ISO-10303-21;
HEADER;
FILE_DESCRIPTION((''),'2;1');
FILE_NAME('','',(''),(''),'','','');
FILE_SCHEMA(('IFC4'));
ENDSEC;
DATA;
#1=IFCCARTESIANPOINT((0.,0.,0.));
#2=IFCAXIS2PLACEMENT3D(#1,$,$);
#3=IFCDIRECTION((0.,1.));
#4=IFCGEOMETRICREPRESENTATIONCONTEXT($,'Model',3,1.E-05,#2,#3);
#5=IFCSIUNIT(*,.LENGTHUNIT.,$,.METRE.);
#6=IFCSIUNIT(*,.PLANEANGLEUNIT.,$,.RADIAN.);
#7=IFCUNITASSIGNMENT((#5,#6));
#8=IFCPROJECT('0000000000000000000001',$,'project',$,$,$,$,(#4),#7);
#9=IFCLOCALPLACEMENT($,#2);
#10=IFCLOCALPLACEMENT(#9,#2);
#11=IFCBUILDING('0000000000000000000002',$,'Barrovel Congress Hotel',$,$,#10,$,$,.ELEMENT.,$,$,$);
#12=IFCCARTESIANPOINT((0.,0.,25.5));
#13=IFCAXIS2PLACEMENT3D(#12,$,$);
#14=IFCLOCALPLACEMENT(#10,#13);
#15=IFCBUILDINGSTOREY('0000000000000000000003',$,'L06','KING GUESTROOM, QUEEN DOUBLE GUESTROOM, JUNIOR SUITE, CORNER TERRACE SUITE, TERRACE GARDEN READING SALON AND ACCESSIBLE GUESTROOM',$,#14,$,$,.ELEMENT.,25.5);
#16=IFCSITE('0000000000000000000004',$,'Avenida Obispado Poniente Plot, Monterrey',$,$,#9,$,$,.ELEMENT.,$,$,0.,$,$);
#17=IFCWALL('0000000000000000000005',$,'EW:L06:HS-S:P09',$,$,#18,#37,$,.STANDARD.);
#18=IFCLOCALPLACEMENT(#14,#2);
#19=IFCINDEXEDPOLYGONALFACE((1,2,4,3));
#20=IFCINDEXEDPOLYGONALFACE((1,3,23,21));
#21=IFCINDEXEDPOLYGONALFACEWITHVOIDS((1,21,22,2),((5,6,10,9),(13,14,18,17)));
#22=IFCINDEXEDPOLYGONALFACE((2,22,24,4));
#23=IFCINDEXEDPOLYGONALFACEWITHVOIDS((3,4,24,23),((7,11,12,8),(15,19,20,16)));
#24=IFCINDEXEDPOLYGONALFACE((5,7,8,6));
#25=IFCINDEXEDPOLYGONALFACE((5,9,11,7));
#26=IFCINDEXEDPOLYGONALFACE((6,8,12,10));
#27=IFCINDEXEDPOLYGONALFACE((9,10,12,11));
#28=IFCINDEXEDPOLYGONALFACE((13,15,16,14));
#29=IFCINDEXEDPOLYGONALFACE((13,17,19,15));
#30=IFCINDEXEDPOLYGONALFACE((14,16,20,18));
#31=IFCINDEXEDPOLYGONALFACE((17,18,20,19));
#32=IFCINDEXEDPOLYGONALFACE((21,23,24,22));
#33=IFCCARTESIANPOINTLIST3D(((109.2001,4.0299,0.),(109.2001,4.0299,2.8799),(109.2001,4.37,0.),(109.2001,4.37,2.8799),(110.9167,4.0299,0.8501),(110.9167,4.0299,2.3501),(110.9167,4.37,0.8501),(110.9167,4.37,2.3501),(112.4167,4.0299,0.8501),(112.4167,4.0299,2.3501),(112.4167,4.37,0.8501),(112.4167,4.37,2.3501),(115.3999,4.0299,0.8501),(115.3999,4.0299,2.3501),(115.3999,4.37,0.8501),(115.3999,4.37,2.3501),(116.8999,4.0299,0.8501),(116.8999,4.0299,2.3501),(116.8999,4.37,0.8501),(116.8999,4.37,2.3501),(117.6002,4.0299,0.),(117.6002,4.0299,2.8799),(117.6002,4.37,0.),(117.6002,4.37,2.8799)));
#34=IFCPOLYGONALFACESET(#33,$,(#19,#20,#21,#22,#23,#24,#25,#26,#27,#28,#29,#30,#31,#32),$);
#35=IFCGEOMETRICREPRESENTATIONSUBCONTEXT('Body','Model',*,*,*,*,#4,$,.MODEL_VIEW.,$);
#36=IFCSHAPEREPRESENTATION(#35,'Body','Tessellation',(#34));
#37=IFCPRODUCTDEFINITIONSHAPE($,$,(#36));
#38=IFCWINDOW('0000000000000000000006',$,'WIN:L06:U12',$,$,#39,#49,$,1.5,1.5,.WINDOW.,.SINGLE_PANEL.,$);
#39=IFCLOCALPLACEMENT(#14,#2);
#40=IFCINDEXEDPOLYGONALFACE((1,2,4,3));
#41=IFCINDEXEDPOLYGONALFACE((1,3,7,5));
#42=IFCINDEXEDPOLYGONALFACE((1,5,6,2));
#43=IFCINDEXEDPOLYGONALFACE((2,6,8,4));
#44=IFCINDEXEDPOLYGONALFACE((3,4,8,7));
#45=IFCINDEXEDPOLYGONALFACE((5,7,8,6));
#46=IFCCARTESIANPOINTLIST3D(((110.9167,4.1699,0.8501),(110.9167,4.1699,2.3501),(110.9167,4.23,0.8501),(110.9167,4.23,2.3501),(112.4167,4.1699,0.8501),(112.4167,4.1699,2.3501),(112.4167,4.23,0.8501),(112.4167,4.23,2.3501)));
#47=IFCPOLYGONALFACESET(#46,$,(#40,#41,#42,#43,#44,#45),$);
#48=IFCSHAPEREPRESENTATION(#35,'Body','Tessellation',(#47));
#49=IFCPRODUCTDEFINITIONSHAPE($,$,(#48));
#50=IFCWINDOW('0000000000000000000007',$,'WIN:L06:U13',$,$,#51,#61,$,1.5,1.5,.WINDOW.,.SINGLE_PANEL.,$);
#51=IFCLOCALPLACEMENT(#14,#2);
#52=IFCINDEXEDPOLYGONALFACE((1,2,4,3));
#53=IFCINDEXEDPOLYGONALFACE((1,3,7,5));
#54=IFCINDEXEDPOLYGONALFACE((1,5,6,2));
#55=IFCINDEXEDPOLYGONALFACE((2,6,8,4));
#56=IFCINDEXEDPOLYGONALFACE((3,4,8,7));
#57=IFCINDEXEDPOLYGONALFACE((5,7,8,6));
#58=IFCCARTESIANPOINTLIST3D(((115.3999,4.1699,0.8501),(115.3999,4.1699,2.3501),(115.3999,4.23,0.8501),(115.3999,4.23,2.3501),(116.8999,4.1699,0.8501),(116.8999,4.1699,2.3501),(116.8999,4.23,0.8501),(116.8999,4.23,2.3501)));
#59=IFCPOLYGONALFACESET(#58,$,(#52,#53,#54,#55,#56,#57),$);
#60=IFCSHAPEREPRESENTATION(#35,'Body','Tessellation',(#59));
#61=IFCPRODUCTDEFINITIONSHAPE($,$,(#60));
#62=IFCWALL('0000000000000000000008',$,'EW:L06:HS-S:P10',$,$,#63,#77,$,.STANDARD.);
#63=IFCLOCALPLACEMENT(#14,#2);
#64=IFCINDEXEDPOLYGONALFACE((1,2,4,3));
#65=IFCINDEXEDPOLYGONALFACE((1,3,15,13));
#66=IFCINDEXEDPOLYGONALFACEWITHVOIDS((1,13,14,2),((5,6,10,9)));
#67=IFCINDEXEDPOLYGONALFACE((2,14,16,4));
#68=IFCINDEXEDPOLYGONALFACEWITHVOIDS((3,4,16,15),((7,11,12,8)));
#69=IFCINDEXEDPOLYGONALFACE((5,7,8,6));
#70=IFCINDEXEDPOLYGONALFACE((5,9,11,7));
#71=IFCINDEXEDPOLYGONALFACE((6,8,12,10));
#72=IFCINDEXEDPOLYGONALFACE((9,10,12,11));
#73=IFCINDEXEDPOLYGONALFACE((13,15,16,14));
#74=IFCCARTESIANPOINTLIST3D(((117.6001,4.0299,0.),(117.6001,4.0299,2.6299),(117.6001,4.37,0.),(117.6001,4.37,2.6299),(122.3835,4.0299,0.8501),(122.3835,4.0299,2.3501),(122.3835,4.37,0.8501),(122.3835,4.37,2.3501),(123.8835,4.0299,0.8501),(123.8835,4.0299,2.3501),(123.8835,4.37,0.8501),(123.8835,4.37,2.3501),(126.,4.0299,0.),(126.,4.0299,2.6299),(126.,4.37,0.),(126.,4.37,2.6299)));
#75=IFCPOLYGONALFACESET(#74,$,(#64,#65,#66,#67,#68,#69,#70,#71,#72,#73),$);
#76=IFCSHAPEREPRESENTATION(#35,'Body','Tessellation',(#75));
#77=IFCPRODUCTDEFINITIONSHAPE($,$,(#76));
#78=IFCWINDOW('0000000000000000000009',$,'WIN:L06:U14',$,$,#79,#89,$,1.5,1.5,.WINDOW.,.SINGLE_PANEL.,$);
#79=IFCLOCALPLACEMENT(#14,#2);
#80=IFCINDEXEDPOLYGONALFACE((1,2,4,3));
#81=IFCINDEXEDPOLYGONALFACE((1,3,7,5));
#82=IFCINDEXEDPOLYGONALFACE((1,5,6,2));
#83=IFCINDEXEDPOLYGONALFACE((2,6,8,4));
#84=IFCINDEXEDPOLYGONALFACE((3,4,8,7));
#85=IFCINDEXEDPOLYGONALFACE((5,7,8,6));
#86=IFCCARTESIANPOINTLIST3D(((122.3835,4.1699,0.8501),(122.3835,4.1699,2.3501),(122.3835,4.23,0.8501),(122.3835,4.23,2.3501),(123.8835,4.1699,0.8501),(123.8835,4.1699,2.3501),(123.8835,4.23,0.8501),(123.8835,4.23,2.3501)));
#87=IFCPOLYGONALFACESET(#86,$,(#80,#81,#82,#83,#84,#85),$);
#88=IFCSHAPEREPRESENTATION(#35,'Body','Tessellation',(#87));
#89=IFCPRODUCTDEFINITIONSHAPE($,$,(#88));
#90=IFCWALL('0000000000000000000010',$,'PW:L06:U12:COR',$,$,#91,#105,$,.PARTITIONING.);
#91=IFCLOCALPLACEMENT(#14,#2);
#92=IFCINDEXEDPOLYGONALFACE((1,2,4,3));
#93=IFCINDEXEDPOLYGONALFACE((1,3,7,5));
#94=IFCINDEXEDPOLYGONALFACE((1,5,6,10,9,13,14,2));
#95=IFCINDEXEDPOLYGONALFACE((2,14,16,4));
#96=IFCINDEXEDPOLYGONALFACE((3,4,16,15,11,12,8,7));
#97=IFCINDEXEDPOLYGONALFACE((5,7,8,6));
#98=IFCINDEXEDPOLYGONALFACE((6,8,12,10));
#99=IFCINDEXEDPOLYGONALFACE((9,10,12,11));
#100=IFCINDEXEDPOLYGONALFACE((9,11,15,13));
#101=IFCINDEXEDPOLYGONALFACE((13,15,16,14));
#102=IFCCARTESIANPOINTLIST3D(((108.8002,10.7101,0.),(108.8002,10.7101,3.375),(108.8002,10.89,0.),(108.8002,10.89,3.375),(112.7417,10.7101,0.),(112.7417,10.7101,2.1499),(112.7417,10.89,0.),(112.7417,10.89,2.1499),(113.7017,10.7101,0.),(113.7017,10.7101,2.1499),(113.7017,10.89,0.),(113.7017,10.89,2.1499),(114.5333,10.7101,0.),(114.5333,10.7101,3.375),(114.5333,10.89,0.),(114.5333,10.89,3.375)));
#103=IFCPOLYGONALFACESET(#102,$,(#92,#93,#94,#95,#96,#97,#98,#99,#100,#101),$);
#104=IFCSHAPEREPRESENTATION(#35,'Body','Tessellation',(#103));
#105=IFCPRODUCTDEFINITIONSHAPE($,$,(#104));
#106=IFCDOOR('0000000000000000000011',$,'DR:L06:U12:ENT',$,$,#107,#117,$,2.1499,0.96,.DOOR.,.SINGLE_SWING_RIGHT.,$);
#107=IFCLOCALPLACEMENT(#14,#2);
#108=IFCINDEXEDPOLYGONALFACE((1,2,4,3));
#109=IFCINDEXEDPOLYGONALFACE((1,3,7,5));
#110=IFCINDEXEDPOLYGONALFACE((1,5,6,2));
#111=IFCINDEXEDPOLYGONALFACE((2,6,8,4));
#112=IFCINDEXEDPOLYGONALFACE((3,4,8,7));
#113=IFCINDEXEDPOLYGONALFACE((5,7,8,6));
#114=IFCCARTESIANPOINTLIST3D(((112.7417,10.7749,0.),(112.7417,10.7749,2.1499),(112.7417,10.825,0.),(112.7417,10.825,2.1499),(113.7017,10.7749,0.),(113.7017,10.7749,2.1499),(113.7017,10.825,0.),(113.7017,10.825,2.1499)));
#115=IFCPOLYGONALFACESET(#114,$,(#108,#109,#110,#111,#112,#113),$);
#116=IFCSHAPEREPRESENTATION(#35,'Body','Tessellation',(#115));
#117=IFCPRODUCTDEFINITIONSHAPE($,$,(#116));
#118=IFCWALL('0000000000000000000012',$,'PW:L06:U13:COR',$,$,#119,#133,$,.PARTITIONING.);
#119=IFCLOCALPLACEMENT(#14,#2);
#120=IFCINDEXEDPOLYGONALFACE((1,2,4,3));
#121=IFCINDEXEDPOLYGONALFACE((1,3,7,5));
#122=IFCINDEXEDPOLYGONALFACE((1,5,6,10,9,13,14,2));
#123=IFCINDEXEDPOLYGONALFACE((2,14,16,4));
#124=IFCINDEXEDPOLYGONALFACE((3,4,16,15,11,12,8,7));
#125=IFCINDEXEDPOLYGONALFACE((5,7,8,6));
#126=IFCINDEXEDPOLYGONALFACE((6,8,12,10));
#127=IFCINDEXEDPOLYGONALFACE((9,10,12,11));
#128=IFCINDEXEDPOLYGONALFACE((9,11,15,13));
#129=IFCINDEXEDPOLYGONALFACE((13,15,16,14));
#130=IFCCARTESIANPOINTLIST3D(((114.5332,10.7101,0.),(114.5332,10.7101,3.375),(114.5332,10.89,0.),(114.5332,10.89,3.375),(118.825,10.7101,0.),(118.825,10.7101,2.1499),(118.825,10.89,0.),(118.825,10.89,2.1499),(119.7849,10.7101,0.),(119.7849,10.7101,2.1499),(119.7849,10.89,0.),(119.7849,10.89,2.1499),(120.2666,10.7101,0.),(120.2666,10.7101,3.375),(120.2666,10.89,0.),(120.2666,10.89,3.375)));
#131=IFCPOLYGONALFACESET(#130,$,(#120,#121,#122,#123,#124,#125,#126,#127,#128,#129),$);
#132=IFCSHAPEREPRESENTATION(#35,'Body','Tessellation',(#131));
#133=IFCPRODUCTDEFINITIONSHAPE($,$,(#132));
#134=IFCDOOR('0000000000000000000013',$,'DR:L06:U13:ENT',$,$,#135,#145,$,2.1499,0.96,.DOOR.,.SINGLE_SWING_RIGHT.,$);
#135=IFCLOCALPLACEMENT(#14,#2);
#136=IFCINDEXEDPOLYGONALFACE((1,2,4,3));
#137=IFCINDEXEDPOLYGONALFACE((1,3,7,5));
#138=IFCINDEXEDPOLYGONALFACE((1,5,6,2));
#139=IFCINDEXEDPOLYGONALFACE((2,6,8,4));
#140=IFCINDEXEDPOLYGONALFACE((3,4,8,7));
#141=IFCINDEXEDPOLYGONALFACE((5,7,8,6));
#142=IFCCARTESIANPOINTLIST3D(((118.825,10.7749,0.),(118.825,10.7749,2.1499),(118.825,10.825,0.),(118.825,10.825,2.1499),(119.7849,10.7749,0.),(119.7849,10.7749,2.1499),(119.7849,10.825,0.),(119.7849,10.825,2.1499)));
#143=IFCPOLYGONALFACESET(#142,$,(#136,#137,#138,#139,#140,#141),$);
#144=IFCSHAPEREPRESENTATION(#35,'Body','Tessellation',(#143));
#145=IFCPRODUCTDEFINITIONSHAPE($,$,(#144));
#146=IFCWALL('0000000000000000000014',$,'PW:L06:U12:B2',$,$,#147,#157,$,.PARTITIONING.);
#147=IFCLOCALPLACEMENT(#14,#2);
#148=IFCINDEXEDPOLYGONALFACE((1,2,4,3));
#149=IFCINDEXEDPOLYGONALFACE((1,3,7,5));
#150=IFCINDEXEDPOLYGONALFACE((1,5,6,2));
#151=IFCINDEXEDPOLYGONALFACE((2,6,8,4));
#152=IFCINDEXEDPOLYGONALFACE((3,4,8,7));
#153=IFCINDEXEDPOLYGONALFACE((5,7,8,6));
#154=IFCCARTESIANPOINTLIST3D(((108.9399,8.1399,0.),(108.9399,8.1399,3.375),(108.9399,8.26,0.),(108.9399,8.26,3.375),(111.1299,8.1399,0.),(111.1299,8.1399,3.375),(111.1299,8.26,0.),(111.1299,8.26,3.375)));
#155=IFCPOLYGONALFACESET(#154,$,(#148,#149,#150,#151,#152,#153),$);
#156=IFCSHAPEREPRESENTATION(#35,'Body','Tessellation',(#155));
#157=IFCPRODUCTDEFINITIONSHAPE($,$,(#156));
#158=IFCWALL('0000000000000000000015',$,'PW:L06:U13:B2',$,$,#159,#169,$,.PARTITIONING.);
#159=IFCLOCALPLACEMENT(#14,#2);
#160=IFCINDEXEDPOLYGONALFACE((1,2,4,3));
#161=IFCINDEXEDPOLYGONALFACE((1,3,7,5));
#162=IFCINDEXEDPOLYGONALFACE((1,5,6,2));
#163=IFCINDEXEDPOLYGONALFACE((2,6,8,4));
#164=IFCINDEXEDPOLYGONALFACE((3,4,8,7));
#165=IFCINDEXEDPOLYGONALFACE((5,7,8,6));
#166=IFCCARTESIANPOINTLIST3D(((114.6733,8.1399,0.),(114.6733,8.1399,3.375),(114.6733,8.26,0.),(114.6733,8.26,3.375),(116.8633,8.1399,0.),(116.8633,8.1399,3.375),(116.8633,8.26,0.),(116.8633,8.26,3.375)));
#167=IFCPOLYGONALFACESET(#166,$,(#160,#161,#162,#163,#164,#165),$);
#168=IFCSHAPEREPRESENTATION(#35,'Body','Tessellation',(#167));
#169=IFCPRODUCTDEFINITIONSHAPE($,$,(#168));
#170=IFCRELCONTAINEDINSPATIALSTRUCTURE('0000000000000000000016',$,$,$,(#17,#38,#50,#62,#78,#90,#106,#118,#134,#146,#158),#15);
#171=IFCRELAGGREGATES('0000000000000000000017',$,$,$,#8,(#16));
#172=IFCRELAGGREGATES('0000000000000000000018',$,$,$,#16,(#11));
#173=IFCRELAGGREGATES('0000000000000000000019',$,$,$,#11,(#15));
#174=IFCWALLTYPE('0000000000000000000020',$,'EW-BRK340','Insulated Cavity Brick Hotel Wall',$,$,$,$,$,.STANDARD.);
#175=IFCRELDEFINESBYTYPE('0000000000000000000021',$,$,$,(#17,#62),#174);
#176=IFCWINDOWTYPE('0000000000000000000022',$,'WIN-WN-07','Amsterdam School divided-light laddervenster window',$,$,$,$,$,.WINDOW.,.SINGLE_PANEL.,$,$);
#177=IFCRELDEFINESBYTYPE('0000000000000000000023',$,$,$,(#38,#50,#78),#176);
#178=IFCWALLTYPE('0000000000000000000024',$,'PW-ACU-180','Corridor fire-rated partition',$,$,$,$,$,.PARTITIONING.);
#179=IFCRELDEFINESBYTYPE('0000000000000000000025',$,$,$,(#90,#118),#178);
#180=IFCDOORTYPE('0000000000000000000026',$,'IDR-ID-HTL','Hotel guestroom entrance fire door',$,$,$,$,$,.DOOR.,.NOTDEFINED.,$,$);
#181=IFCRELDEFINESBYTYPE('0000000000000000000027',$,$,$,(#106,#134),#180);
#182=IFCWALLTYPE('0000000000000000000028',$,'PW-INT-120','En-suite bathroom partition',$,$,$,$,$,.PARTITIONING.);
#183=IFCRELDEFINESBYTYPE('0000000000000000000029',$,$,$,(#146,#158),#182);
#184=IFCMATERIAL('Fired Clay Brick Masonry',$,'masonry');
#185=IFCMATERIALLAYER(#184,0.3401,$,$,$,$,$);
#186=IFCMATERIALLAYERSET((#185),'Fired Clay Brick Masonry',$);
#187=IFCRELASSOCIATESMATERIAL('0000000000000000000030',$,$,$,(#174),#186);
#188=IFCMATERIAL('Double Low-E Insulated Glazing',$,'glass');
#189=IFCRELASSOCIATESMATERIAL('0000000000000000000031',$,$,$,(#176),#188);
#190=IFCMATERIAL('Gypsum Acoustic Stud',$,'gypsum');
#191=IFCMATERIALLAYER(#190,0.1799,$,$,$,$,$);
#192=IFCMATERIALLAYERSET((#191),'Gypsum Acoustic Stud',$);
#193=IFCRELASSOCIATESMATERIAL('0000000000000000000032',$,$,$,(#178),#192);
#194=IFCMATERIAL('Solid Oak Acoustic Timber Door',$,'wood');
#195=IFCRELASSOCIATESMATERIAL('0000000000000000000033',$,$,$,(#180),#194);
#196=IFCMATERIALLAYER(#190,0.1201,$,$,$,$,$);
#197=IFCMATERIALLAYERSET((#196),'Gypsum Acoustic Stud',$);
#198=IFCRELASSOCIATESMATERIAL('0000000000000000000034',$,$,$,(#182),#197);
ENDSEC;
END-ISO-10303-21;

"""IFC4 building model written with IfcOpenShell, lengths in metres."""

from ifc_helpers import new_model, si_unit, direction, frame, frame_2d, origin, place, context, subcontext, project, spatial, rectangle, extrude, material, layer, layer_set, type_object, element, fill, save


model = new_model("IFC4")

# Units and contexts
model_context = context("Model", 3, precision=1e-05, world=origin(), true_north=direction((0.0, 1.0)))
body_context = subcontext(model_context, "Body", "Model", "MODEL_VIEW")
ifc_project = project(units=[si_unit("LENGTHUNIT", "METRE"), si_unit("PLANEANGLEUNIT", "RADIAN")], contexts=[model_context])

# Site, building, storey
site_placement = place(None, origin())
site = spatial("IfcSite", under=ifc_project, at=site_placement, Name="Avenida Obispado Poniente Plot, Monterrey", CompositionType="ELEMENT", RefElevation=0.0)
building_placement = place(site_placement, origin())
building = spatial("IfcBuilding", under=site, at=building_placement, Name="Barrovel Congress Hotel", CompositionType="ELEMENT")
storey_placement = place(building_placement, frame((0.0, 0.0, 25.5)))
storey = spatial("IfcBuildingStorey", under=building, at=storey_placement, Name="L06", Description="KING GUESTROOM, QUEEN DOUBLE GUESTROOM, JUNIOR SUITE, CORNER TERRACE SUITE, TERRACE GARDEN READING SALON AND ACCESSIBLE GUESTROOM", CompositionType="ELEMENT", Elevation=25.5)

# Wall, openings, windows
ifc_material_1 = material(Name="Fired Clay Brick Masonry", Category="masonry")
ifc_layer_1 = layer(ifc_material_1, 0.3401)
ifc_layer_set_1 = layer_set([ifc_layer_1], Name="Fired Clay Brick Masonry")
wall_type_1 = type_object("IfcWallType", Name="EW-BRK340", Description="Insulated Cavity Brick Hotel Wall", PredefinedType="STANDARD", material=ifc_layer_set_1)
wall_1_placement = place(storey_placement, frame((109.2, 4.2, 0.0), z_axis=(0.0, 0.0, 1.0), x_axis=(1.0, 0.0, 0.0)))
wall_1 = element("IfcWall", 1, at=wall_1_placement, inside=storey, type_object=wall_type_1, Name="EW:L06:HS-S:P09", PredefinedType="STANDARD", context=body_context, shape_type="SweptSolid", body=[
    extrude(rectangle(XDim=8.4001, YDim=0.3401, at=frame_2d((4.2002, 0.0))), origin(), (0.0, 0.0, 1.0), 2.8799),
])
opening_1_placement = place(wall_1_placement, frame((1.7168, 0.0, 0.8501)))
opening_1 = element("IfcOpeningElement", 2, at=opening_1_placement, cuts=wall_1, PredefinedType="OPENING", context=body_context, shape_type="SweptSolid", body=[
    extrude(rectangle(XDim=1.5, YDim=1.5, at=frame_2d((0.75, 0.75))), frame((0.0, 0.1802, 0.0), z_axis=(0.0, -1.0, 0.0), x_axis=(1.0, 0.0, 0.0)), (0.0, 0.0, 1.0), 0.3601),
])
opening_2_placement = place(wall_1_placement, frame((6.2, 0.0, 0.8501)))
opening_2 = element("IfcOpeningElement", 3, at=opening_2_placement, cuts=wall_1, PredefinedType="OPENING", context=body_context, shape_type="SweptSolid", body=[
    extrude(rectangle(XDim=1.5, YDim=1.5, at=frame_2d((0.75, 0.75))), frame((0.0, 0.1802, 0.0), z_axis=(0.0, -1.0, 0.0), x_axis=(1.0, 0.0, 0.0)), (0.0, 0.0, 1.0), 0.3601),
])
ifc_material_2 = material(Name="Double Low-E Insulated Glazing", Category="glass")
window_type = type_object("IfcWindowType", Name="WIN-WN-07", Description="Amsterdam School divided-light laddervenster window", PartitioningType="SINGLE_PANEL", PredefinedType="WINDOW", material=ifc_material_2)
window_1_placement = place(opening_1_placement, origin())
window_1 = element("IfcWindow", 4, at=window_1_placement, inside=storey, type_object=window_type, Name="WIN:L06:U12", OverallHeight=1.5, OverallWidth=1.5, PartitioningType="SINGLE_PANEL", PredefinedType="WINDOW", context=body_context, shape_type="SweptSolid", body=[
    extrude(rectangle(XDim=1.5, YDim=1.5, at=frame_2d((0.75, 0.75))), frame((0.0, 0.03, 0.0), z_axis=(0.0, -1.0, 0.0), x_axis=(1.0, 0.0, 0.0)), (0.0, 0.0, 1.0), 0.0601),
])
fill(opening_1, window_1)
window_2_placement = place(opening_2_placement, origin())
window_2 = element("IfcWindow", 5, at=window_2_placement, inside=storey, type_object=window_type, Name="WIN:L06:U13", OverallHeight=1.5, OverallWidth=1.5, PartitioningType="SINGLE_PANEL", PredefinedType="WINDOW", context=body_context, shape_type="SweptSolid", body=[
    extrude(rectangle(XDim=1.5, YDim=1.5, at=frame_2d((0.75, 0.75))), frame((0.0, 0.03, 0.0), z_axis=(0.0, -1.0, 0.0), x_axis=(1.0, 0.0, 0.0)), (0.0, 0.0, 1.0), 0.0601),
])
fill(opening_2, window_2)

# Wall, opening, window
wall_2_placement = place(storey_placement, frame((117.6001, 4.2, 0.0), z_axis=(0.0, 0.0, 1.0), x_axis=(1.0, 0.0, 0.0)))
wall_2 = element("IfcWall", 6, at=wall_2_placement, inside=storey, type_object=wall_type_1, Name="EW:L06:HS-S:P10", PredefinedType="STANDARD", context=body_context, shape_type="SweptSolid", body=[
    extrude(rectangle(XDim=8.3999, YDim=0.3401, at=frame_2d((4.2, 0.0))), origin(), (0.0, 0.0, 1.0), 2.6299),
])
opening_3_placement = place(wall_2_placement, frame((4.7834, 0.0, 0.8501)))
opening_3 = element("IfcOpeningElement", 7, at=opening_3_placement, cuts=wall_2, PredefinedType="OPENING", context=body_context, shape_type="SweptSolid", body=[
    extrude(rectangle(XDim=1.5, YDim=1.5, at=frame_2d((0.75, 0.75))), frame((0.0, 0.1802, 0.0), z_axis=(0.0, -1.0, 0.0), x_axis=(1.0, 0.0, 0.0)), (0.0, 0.0, 1.0), 0.3601),
])
window_3_placement = place(opening_3_placement, origin())
window_3 = element("IfcWindow", 8, at=window_3_placement, inside=storey, type_object=window_type, Name="WIN:L06:U14", OverallHeight=1.5, OverallWidth=1.5, PartitioningType="SINGLE_PANEL", PredefinedType="WINDOW", context=body_context, shape_type="SweptSolid", body=[
    extrude(rectangle(XDim=1.5, YDim=1.5, at=frame_2d((0.75, 0.75))), frame((0.0, 0.03, 0.0), z_axis=(0.0, -1.0, 0.0), x_axis=(1.0, 0.0, 0.0)), (0.0, 0.0, 1.0), 0.0601),
])
fill(opening_3, window_3)

# Walls, openings, doors
ifc_material_3 = material(Name="Gypsum Acoustic Stud", Category="gypsum")
ifc_layer_2 = layer(ifc_material_3, 0.1799)
ifc_layer_set_2 = layer_set([ifc_layer_2], Name="Gypsum Acoustic Stud")
wall_type_2 = type_object("IfcWallType", Name="PW-ACU-180", Description="Corridor fire-rated partition", PredefinedType="PARTITIONING", material=ifc_layer_set_2)
wall_3_placement = place(storey_placement, frame((108.8, 10.8, 0.0), z_axis=(0.0, 0.0, 1.0), x_axis=(1.0, 0.0, 0.0)))
wall_3 = element("IfcWall", 9, at=wall_3_placement, inside=storey, type_object=wall_type_2, Name="PW:L06:U12:COR", PredefinedType="PARTITIONING", context=body_context, shape_type="SweptSolid", body=[
    extrude(rectangle(XDim=5.7332, YDim=0.1799, at=frame_2d((2.8667, 0.0))), origin(), (0.0, 0.0, 1.0), 3.375),
])
opening_4_placement = place(wall_3_placement, frame((3.9417, 0.0, 0.0)))
opening_4 = element("IfcOpeningElement", 10, at=opening_4_placement, cuts=wall_3, PredefinedType="OPENING", context=body_context, shape_type="SweptSolid", body=[
    extrude(rectangle(XDim=0.96, YDim=2.1499, at=frame_2d((0.48, 1.075))), frame((0.0, 0.1001, 0.0), z_axis=(0.0, -1.0, 0.0), x_axis=(1.0, 0.0, 0.0)), (0.0, 0.0, 1.0), 0.2),
])
ifc_material_4 = material(Name="Solid Oak Acoustic Timber Door", Category="wood")
door_type_1 = type_object("IfcDoorType", Name="IDR-ID-HTL", Description="Hotel guestroom entrance fire door", OperationType="NOTDEFINED", PredefinedType="DOOR", material=ifc_material_4)
door_1_placement = place(opening_4_placement, origin())
door_1 = element("IfcDoor", 11, at=door_1_placement, inside=storey, type_object=door_type_1, Name="DR:L06:U12:ENT", OperationType="SINGLE_SWING_RIGHT", OverallHeight=2.1499, OverallWidth=0.96, PredefinedType="DOOR", context=body_context, shape_type="SweptSolid", body=[
    extrude(rectangle(XDim=0.96, YDim=2.1499, at=frame_2d((0.48, 1.075))), frame((0.0, 0.0249, 0.0), z_axis=(0.0, -1.0, 0.0), x_axis=(1.0, 0.0, 0.0)), (0.0, 0.0, 1.0), 0.05),
])
fill(opening_4, door_1)
wall_4_placement = place(storey_placement, frame((114.5332, 10.8, 0.0), z_axis=(0.0, 0.0, 1.0), x_axis=(1.0, 0.0, 0.0)))
wall_4 = element("IfcWall", 12, at=wall_4_placement, inside=storey, type_object=wall_type_2, Name="PW:L06:U13:COR", PredefinedType="PARTITIONING", context=body_context, shape_type="SweptSolid", body=[
    extrude(rectangle(XDim=5.7334, YDim=0.1799, at=frame_2d((2.8667, 0.0))), origin(), (0.0, 0.0, 1.0), 3.375),
])
opening_5_placement = place(wall_4_placement, frame((4.2917, 0.0, 0.0)))
opening_5 = element("IfcOpeningElement", 13, at=opening_5_placement, cuts=wall_4, PredefinedType="OPENING", context=body_context, shape_type="SweptSolid", body=[
    extrude(rectangle(XDim=0.96, YDim=2.1499, at=frame_2d((0.48, 1.075))), frame((0.0, 0.1001, 0.0), z_axis=(0.0, -1.0, 0.0), x_axis=(1.0, 0.0, 0.0)), (0.0, 0.0, 1.0), 0.2),
])
door_2_placement = place(opening_5_placement, origin())
door_2 = element("IfcDoor", 14, at=door_2_placement, inside=storey, type_object=door_type_1, Name="DR:L06:U13:ENT", OperationType="SINGLE_SWING_RIGHT", OverallHeight=2.1499, OverallWidth=0.96, PredefinedType="DOOR", context=body_context, shape_type="SweptSolid", body=[
    extrude(rectangle(XDim=0.96, YDim=2.1499, at=frame_2d((0.48, 1.075))), frame((0.0, 0.0249, 0.0), z_axis=(0.0, -1.0, 0.0), x_axis=(1.0, 0.0, 0.0)), (0.0, 0.0, 1.0), 0.05),
])
fill(opening_5, door_2)

# Walls
ifc_layer_3 = layer(ifc_material_3, 0.1201)
ifc_layer_set_3 = layer_set([ifc_layer_3], Name="Gypsum Acoustic Stud")
wall_type_3 = type_object("IfcWallType", Name="PW-INT-120", Description="En-suite bathroom partition", PredefinedType="PARTITIONING", material=ifc_layer_set_3)
for number, where, z_axis, x_axis, name in (
    (15, (108.9399, 8.2, 0.0), (0.0, 0.0, 1.0), (1.0, 0.0, 0.0), "PW:L06:U12:B2"),
    (16, (114.6733, 8.2, 0.0), (0.0, 0.0, 1.0), (1.0, 0.0, 0.0), "PW:L06:U13:B2"),
):
    element("IfcWall", number, at=place(storey_placement, frame(where, z_axis=z_axis, x_axis=x_axis)), inside=storey, type_object=wall_type_3, Name=name, PredefinedType="PARTITIONING", context=body_context, shape_type="SweptSolid", body=[
        extrude(rectangle(XDim=2.1899, YDim=0.1201, at=frame_2d((1.095, 0.0))), origin(), (0.0, 0.0, 1.0), 3.375),
    ])

save(model, "model.ifc")
